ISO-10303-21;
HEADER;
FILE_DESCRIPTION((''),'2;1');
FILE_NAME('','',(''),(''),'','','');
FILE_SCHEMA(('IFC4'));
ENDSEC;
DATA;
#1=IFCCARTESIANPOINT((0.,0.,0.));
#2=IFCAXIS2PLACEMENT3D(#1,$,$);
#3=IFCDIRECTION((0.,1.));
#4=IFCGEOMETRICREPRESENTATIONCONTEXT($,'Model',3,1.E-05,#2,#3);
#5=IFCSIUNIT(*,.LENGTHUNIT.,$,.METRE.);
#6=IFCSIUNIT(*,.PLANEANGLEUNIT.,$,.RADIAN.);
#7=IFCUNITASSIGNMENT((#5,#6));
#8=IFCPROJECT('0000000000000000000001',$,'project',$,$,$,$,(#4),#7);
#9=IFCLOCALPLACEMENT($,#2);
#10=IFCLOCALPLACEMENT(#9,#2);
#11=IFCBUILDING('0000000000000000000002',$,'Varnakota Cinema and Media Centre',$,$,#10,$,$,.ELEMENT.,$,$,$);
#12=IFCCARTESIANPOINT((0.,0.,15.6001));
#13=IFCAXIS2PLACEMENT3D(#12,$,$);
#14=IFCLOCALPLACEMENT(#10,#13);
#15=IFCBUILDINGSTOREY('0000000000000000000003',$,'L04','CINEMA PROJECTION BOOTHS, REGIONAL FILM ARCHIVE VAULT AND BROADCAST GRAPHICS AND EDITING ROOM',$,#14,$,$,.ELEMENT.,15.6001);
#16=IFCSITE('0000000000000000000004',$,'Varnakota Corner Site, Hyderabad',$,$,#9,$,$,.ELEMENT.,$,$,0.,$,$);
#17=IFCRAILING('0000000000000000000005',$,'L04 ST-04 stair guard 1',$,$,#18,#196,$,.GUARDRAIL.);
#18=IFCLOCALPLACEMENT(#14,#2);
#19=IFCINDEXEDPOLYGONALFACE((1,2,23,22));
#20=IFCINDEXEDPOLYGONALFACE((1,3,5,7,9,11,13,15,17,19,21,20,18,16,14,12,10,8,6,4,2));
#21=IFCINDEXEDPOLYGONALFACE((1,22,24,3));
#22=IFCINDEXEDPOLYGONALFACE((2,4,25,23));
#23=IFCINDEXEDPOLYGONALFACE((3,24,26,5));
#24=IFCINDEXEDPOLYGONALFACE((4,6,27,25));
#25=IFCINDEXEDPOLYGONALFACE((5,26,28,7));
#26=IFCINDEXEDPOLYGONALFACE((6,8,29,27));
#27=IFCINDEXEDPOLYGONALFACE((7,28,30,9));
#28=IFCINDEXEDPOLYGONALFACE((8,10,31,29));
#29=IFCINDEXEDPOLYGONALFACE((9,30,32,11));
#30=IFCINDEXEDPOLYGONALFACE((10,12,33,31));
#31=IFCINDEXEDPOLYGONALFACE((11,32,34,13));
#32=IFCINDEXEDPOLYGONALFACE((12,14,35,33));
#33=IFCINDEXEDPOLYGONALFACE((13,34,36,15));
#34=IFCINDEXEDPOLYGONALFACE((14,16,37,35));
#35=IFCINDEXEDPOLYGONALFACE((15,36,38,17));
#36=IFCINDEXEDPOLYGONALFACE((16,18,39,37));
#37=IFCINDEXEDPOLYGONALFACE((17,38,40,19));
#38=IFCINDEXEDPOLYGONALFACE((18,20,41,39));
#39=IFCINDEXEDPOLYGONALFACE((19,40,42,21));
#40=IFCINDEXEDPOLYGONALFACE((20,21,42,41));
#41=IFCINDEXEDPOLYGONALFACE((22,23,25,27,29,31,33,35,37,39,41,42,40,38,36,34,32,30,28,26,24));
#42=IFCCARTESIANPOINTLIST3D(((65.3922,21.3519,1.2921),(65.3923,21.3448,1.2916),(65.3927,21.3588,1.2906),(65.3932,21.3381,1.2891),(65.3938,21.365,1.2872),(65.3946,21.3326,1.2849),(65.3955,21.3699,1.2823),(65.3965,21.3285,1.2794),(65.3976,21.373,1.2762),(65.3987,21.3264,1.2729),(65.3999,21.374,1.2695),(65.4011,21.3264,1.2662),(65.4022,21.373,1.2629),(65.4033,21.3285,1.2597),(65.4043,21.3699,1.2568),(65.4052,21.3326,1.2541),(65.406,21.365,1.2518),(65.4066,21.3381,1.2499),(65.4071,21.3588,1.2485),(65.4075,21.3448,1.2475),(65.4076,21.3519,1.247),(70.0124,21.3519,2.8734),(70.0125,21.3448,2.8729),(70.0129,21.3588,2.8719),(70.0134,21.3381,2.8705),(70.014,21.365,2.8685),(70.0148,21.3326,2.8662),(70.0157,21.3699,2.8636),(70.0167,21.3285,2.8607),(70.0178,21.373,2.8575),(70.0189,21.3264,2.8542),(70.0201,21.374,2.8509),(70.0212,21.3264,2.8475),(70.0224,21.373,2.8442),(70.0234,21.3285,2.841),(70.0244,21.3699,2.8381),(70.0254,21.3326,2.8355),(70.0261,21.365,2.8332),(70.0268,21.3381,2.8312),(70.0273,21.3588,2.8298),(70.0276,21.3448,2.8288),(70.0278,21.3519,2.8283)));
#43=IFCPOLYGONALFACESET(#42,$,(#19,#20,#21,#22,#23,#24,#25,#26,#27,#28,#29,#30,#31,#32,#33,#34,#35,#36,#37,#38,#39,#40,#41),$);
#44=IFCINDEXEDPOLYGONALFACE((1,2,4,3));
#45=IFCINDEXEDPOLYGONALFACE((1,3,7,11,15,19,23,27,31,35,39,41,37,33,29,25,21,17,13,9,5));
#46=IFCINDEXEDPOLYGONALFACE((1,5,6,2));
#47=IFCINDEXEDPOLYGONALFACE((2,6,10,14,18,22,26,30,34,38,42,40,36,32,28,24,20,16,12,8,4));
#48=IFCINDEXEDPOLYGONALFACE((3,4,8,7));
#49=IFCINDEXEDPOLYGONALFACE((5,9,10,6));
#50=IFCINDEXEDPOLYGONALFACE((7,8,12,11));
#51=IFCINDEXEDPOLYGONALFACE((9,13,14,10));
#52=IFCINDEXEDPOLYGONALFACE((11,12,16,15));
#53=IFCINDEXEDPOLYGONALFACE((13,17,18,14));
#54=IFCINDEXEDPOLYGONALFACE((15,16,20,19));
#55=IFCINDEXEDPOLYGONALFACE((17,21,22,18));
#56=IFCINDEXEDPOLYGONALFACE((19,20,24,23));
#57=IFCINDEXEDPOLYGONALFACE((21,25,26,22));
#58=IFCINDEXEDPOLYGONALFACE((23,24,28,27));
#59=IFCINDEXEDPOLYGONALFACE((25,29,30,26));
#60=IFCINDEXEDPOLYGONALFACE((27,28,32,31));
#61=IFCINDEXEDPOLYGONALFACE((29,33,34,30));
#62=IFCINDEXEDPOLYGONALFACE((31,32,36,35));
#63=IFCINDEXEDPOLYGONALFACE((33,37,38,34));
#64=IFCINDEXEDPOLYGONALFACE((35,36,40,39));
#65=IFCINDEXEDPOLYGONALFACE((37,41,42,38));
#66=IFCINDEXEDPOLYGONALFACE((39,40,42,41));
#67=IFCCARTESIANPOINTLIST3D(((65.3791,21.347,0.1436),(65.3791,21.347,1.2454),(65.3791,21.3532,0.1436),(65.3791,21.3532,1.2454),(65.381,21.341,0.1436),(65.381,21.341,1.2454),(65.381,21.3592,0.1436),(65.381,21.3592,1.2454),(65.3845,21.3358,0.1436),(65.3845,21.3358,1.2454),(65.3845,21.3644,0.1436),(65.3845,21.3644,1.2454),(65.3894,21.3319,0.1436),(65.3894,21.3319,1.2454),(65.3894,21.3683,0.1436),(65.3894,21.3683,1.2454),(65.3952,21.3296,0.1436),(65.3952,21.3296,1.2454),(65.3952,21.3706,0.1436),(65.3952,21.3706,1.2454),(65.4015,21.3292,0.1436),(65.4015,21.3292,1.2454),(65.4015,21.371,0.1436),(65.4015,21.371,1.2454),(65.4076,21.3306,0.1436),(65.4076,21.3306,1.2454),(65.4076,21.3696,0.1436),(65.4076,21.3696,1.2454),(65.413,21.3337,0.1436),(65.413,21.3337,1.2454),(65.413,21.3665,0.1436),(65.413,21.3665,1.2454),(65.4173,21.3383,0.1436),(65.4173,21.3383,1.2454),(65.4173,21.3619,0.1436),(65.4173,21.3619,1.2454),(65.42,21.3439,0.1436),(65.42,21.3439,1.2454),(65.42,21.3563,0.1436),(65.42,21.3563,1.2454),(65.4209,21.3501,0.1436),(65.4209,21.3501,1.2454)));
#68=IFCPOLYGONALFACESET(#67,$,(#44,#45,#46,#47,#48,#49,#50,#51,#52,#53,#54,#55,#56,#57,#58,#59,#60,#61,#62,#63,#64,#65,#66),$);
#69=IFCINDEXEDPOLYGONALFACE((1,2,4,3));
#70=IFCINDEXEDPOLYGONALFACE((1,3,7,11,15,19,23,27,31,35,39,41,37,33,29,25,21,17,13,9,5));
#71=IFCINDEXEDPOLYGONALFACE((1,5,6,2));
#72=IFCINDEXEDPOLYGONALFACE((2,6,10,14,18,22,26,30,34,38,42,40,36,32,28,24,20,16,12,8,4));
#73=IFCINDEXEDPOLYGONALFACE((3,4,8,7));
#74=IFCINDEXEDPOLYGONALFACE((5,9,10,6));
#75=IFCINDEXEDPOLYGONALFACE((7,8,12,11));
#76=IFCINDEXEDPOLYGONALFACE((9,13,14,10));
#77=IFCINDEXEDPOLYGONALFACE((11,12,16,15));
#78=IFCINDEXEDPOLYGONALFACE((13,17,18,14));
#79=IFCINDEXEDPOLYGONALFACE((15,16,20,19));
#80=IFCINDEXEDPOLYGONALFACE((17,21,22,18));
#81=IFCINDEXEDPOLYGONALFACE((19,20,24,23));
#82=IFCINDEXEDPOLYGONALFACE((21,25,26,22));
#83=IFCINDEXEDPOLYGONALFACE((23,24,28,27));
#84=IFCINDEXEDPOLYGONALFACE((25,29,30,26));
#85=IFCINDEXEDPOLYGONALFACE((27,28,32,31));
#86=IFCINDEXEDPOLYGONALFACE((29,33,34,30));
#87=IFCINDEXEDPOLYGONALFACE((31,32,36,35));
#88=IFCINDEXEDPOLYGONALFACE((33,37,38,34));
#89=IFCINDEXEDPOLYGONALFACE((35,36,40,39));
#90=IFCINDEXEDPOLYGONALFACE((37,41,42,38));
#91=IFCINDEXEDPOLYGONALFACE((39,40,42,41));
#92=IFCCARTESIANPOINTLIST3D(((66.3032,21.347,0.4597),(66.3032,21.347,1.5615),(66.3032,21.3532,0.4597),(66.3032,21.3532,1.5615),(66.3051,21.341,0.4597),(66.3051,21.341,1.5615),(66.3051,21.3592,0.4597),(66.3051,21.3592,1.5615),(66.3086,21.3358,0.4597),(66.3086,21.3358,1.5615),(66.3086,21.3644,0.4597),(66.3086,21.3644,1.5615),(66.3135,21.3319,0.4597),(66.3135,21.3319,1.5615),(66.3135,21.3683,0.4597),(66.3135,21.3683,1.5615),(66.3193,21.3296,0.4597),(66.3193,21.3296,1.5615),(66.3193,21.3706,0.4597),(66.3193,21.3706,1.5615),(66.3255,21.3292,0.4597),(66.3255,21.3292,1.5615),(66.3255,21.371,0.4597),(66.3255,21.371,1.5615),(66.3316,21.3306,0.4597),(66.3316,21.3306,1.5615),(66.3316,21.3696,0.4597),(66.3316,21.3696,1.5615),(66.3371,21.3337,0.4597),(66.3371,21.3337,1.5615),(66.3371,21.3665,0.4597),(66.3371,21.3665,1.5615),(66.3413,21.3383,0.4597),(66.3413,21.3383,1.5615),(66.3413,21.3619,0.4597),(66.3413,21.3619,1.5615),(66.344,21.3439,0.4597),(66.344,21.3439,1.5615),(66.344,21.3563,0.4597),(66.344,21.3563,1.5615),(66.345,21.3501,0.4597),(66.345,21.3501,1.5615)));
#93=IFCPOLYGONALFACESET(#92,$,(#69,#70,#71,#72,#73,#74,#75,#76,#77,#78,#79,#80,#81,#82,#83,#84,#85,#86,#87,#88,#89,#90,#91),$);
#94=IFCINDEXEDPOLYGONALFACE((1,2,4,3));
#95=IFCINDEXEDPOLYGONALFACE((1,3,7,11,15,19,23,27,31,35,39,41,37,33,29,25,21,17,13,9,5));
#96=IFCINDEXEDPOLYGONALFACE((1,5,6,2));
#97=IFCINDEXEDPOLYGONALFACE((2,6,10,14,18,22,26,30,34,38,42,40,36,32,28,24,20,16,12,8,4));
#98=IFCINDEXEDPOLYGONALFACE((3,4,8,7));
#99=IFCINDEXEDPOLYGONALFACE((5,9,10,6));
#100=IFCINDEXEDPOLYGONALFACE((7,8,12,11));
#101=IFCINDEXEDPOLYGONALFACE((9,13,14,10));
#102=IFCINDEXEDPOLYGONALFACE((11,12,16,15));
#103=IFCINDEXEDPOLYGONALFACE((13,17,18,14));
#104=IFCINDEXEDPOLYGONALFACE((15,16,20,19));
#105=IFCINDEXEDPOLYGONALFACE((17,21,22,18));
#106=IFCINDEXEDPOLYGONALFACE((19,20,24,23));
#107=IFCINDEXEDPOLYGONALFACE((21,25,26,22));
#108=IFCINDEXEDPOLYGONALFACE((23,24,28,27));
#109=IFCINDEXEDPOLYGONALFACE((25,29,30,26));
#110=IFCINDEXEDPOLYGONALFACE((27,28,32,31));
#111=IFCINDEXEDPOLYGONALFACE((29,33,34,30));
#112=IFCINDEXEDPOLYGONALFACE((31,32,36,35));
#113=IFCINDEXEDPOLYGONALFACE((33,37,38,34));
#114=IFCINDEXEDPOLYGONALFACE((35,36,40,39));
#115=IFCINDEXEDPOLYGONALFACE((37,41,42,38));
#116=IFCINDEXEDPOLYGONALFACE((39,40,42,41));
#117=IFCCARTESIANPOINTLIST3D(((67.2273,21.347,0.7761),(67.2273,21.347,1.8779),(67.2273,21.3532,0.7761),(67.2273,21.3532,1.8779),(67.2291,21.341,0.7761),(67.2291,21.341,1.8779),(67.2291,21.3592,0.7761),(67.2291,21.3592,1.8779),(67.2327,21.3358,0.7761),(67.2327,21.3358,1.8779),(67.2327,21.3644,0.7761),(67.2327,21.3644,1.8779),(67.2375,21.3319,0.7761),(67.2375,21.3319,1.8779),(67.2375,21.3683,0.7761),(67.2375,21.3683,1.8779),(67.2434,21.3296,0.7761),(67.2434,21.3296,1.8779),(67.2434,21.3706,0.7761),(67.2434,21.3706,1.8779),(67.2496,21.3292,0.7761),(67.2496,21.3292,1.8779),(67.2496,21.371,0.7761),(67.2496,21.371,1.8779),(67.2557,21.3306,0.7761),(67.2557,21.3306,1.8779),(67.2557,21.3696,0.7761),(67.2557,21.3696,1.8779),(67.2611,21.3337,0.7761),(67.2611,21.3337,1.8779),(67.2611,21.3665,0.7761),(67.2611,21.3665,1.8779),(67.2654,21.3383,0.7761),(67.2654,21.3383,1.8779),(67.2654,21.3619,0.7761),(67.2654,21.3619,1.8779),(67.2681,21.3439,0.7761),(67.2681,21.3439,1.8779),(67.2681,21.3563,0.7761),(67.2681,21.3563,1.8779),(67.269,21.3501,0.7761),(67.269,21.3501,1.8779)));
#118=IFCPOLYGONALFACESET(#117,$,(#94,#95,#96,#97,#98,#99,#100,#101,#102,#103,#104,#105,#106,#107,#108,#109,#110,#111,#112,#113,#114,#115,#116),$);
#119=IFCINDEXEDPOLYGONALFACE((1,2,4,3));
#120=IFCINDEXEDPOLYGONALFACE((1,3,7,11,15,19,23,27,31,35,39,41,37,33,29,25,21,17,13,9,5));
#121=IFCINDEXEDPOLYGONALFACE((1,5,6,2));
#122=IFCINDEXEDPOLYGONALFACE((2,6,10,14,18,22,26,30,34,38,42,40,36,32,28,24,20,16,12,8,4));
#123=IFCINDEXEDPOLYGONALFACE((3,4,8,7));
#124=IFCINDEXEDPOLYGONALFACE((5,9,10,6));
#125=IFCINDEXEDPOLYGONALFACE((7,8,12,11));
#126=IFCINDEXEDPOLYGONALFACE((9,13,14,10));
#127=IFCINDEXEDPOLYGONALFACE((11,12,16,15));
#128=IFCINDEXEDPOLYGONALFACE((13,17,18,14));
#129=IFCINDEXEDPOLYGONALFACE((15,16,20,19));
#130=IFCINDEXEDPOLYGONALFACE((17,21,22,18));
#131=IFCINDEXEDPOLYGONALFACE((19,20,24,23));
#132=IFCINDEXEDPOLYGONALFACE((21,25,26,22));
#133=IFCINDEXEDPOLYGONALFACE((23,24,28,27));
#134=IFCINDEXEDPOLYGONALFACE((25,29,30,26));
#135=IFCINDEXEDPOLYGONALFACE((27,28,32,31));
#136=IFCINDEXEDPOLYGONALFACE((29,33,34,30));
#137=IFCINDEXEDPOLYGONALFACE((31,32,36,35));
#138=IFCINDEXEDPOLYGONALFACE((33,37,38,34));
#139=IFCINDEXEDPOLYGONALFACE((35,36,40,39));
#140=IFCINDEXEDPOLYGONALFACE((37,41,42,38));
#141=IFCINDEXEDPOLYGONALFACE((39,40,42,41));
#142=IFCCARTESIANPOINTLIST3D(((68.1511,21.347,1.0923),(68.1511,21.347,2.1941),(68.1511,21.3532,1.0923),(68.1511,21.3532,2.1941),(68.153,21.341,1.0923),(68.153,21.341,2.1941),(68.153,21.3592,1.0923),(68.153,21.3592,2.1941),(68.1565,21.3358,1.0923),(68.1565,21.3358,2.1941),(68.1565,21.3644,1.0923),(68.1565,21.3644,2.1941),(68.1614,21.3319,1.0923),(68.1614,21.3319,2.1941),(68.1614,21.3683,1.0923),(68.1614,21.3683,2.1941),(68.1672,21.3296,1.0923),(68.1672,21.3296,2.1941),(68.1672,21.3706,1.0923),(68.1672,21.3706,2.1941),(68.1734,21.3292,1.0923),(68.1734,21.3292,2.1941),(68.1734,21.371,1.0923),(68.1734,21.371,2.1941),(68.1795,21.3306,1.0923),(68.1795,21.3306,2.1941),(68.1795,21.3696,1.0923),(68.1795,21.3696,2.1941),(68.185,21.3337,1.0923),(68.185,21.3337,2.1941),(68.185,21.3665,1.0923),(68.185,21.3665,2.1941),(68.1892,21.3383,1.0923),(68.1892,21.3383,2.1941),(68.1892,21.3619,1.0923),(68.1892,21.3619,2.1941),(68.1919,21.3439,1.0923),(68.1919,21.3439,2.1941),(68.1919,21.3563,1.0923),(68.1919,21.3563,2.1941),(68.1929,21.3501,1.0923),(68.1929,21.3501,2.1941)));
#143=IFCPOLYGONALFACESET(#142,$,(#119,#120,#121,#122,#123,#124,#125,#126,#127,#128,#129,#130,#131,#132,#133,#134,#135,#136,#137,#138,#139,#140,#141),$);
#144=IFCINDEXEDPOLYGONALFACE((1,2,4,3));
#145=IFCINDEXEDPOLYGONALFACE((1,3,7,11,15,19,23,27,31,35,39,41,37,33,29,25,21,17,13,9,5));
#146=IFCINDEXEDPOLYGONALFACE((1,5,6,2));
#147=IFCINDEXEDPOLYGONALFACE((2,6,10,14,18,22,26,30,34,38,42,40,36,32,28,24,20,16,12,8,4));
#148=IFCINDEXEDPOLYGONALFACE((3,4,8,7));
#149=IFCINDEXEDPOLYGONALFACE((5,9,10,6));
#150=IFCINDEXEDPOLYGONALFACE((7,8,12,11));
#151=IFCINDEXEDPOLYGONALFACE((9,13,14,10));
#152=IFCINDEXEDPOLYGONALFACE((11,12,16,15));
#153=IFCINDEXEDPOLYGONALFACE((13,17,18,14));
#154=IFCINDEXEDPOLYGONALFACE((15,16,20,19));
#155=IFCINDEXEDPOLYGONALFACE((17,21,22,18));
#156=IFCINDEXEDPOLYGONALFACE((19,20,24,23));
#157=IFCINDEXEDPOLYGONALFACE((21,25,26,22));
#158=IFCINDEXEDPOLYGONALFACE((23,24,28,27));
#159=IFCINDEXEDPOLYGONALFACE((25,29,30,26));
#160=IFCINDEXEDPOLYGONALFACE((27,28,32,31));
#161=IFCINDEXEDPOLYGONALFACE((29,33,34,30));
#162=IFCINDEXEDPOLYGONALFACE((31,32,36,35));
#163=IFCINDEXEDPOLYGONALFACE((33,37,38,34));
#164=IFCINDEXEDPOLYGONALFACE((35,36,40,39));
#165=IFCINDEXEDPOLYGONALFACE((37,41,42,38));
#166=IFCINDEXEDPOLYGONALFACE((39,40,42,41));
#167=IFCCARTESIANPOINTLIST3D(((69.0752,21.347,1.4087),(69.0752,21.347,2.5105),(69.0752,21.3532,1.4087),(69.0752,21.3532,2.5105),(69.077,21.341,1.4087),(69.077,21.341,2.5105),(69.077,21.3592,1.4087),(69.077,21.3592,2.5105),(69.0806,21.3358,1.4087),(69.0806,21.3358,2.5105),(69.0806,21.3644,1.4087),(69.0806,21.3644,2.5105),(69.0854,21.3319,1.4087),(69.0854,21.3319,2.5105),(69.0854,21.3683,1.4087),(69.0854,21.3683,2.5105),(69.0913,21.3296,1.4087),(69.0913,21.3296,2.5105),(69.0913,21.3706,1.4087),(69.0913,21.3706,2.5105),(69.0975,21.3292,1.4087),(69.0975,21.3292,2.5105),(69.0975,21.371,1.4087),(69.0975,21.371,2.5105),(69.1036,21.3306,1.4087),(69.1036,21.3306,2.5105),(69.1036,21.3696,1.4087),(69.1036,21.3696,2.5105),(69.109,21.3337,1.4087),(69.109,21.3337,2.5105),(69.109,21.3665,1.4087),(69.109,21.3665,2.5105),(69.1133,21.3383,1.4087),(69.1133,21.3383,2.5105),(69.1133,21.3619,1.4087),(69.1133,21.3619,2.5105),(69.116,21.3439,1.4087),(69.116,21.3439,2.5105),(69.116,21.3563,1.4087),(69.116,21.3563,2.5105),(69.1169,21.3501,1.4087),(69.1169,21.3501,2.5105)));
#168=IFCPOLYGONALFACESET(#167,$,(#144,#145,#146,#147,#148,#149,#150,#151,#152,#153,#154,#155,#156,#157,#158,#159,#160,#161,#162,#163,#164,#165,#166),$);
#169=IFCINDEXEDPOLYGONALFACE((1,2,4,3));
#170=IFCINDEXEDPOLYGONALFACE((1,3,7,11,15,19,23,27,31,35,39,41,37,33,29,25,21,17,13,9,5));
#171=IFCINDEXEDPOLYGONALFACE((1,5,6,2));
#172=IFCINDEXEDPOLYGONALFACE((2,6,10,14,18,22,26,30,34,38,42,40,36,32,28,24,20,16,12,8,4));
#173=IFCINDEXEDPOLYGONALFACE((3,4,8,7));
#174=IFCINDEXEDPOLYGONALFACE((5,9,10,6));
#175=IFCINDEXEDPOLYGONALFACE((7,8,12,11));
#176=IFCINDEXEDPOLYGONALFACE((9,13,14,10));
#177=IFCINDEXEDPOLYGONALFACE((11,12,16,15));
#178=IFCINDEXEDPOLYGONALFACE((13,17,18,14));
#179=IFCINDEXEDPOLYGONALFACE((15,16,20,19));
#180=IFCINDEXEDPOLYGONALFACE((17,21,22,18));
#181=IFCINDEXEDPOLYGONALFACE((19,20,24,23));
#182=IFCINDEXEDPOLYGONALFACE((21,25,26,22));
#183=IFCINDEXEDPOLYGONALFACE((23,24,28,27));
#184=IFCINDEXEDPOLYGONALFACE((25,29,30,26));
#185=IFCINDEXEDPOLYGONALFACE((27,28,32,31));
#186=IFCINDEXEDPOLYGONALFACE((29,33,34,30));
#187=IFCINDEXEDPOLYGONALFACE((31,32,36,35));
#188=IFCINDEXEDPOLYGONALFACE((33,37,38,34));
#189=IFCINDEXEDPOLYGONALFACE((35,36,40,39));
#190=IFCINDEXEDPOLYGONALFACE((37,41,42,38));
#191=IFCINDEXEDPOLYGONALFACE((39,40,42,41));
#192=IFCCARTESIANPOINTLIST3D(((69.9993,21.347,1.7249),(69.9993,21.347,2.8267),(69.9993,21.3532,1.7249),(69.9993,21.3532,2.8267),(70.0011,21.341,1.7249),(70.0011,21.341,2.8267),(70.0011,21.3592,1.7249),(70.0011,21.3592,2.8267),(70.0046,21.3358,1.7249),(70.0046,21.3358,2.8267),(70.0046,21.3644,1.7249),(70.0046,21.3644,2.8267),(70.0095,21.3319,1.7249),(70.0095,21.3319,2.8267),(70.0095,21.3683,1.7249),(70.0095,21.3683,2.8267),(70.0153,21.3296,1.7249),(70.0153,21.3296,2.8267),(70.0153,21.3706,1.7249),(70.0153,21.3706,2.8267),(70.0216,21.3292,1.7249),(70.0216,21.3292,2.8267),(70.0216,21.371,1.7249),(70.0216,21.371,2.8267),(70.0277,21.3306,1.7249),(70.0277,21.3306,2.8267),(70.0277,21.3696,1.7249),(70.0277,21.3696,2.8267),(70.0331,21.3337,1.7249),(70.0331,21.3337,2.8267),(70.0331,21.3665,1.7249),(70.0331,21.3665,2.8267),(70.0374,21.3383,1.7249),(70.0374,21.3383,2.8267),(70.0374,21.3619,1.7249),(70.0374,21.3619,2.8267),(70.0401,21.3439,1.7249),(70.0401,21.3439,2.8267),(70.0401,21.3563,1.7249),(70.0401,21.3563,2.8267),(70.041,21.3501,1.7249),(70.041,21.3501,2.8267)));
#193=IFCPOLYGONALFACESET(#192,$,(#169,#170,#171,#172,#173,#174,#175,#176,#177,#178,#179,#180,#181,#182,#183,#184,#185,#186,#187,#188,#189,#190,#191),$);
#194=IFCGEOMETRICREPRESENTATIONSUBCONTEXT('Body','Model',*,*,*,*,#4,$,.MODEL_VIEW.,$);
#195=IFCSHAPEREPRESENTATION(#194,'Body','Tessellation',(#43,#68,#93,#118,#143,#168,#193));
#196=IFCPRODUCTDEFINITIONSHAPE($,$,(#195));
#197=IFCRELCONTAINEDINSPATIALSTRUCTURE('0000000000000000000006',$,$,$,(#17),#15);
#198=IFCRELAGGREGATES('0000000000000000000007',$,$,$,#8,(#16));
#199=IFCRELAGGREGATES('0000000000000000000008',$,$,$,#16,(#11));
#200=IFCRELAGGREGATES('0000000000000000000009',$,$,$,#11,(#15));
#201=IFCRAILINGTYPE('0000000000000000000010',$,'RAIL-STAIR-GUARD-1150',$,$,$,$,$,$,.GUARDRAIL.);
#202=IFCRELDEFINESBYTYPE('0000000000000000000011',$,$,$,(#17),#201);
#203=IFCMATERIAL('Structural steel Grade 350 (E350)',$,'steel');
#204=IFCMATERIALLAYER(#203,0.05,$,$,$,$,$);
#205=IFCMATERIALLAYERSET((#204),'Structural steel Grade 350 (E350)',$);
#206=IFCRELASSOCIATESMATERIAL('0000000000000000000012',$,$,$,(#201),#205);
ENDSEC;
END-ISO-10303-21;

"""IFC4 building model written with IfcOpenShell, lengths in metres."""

from ifc_helpers import new_model, si_unit, direction, frame, origin, origin_2d, place, context, subcontext, project, spatial, circle, extrude, material, layer, layer_set, type_object, element, save


model = new_model("IFC4")

# Units and contexts
model_context = context("Model", 3, precision=1e-05, world=origin(), true_north=direction((0.0, 1.0)))
body_context = subcontext(model_context, "Body", "Model", "MODEL_VIEW")
ifc_project = project(units=[si_unit("LENGTHUNIT", "METRE"), si_unit("PLANEANGLEUNIT", "RADIAN")], contexts=[model_context])

# Site, building, storey
site_placement = place(None, origin())
site = spatial("IfcSite", under=ifc_project, at=site_placement, Name="Varnakota Corner Site, Hyderabad", CompositionType="ELEMENT", RefElevation=0.0)
building_placement = place(site_placement, origin())
building = spatial("IfcBuilding", under=site, at=building_placement, Name="Varnakota Cinema and Media Centre", CompositionType="ELEMENT")
storey_placement = place(building_placement, frame((0.0, 0.0, 15.6001)))
storey = spatial("IfcBuildingStorey", under=building, at=storey_placement, Name="L04", Description="CINEMA PROJECTION BOOTHS, REGIONAL FILM ARCHIVE VAULT AND BROADCAST GRAPHICS AND EDITING ROOM", CompositionType="ELEMENT", Elevation=15.6001)

# Railing
ifc_material_1 = material(Name="Structural steel Grade 350 (E350)", Category="steel")
ifc_layer_1 = layer(ifc_material_1, 0.05)
ifc_layer_set_1 = layer_set([ifc_layer_1], Name="Structural steel Grade 350 (E350)")
railing_type_1 = type_object("IfcRailingType", Name="RAIL-STAIR-GUARD-1150", PredefinedType="GUARDRAIL", material=ifc_layer_set_1)
railing_1_placement = place(storey_placement, frame((65.3999, 21.3501, 0.1436)))
element("IfcRailing", 1, at=railing_1_placement, inside=storey, type_object=railing_type_1, Name="L04 ST-04 stair guard 1", PredefinedType="GUARDRAIL", context=body_context, shape_type="SweptSolid", body=[
    extrude(circle(Radius=0.0239, at=origin_2d()), frame((0.0, 0.0, 1.126), z_axis=(0.946118, 0.0, 0.323822), x_axis=(0.0, 1.0, 0.0)), (0.0, 0.0, 1.0), 4.8833),
    extrude(circle(Radius=0.021, at=origin_2d()), origin(), (0.0, 0.0, 1.0), 1.1018),
    extrude(circle(Radius=0.021, at=origin_2d()), frame((0.9241, 0.0, 0.3162)), (0.0, 0.0, 1.0), 1.1018),
    extrude(circle(Radius=0.021, at=origin_2d()), frame((1.8481, 0.0, 0.6326)), (0.0, 0.0, 1.0), 1.1018),
    extrude(circle(Radius=0.021, at=origin_2d()), frame((2.772, 0.0, 0.9487)), (0.0, 0.0, 1.0), 1.1018),
    extrude(circle(Radius=0.021, at=origin_2d()), frame((3.696, 0.0, 1.2651)), (0.0, 0.0, 1.0), 1.1018),
    extrude(circle(Radius=0.021, at=origin_2d()), frame((4.6201, 0.0, 1.5813)), (0.0, 0.0, 1.0), 1.1018),
])

save(model, "model.ifc")
